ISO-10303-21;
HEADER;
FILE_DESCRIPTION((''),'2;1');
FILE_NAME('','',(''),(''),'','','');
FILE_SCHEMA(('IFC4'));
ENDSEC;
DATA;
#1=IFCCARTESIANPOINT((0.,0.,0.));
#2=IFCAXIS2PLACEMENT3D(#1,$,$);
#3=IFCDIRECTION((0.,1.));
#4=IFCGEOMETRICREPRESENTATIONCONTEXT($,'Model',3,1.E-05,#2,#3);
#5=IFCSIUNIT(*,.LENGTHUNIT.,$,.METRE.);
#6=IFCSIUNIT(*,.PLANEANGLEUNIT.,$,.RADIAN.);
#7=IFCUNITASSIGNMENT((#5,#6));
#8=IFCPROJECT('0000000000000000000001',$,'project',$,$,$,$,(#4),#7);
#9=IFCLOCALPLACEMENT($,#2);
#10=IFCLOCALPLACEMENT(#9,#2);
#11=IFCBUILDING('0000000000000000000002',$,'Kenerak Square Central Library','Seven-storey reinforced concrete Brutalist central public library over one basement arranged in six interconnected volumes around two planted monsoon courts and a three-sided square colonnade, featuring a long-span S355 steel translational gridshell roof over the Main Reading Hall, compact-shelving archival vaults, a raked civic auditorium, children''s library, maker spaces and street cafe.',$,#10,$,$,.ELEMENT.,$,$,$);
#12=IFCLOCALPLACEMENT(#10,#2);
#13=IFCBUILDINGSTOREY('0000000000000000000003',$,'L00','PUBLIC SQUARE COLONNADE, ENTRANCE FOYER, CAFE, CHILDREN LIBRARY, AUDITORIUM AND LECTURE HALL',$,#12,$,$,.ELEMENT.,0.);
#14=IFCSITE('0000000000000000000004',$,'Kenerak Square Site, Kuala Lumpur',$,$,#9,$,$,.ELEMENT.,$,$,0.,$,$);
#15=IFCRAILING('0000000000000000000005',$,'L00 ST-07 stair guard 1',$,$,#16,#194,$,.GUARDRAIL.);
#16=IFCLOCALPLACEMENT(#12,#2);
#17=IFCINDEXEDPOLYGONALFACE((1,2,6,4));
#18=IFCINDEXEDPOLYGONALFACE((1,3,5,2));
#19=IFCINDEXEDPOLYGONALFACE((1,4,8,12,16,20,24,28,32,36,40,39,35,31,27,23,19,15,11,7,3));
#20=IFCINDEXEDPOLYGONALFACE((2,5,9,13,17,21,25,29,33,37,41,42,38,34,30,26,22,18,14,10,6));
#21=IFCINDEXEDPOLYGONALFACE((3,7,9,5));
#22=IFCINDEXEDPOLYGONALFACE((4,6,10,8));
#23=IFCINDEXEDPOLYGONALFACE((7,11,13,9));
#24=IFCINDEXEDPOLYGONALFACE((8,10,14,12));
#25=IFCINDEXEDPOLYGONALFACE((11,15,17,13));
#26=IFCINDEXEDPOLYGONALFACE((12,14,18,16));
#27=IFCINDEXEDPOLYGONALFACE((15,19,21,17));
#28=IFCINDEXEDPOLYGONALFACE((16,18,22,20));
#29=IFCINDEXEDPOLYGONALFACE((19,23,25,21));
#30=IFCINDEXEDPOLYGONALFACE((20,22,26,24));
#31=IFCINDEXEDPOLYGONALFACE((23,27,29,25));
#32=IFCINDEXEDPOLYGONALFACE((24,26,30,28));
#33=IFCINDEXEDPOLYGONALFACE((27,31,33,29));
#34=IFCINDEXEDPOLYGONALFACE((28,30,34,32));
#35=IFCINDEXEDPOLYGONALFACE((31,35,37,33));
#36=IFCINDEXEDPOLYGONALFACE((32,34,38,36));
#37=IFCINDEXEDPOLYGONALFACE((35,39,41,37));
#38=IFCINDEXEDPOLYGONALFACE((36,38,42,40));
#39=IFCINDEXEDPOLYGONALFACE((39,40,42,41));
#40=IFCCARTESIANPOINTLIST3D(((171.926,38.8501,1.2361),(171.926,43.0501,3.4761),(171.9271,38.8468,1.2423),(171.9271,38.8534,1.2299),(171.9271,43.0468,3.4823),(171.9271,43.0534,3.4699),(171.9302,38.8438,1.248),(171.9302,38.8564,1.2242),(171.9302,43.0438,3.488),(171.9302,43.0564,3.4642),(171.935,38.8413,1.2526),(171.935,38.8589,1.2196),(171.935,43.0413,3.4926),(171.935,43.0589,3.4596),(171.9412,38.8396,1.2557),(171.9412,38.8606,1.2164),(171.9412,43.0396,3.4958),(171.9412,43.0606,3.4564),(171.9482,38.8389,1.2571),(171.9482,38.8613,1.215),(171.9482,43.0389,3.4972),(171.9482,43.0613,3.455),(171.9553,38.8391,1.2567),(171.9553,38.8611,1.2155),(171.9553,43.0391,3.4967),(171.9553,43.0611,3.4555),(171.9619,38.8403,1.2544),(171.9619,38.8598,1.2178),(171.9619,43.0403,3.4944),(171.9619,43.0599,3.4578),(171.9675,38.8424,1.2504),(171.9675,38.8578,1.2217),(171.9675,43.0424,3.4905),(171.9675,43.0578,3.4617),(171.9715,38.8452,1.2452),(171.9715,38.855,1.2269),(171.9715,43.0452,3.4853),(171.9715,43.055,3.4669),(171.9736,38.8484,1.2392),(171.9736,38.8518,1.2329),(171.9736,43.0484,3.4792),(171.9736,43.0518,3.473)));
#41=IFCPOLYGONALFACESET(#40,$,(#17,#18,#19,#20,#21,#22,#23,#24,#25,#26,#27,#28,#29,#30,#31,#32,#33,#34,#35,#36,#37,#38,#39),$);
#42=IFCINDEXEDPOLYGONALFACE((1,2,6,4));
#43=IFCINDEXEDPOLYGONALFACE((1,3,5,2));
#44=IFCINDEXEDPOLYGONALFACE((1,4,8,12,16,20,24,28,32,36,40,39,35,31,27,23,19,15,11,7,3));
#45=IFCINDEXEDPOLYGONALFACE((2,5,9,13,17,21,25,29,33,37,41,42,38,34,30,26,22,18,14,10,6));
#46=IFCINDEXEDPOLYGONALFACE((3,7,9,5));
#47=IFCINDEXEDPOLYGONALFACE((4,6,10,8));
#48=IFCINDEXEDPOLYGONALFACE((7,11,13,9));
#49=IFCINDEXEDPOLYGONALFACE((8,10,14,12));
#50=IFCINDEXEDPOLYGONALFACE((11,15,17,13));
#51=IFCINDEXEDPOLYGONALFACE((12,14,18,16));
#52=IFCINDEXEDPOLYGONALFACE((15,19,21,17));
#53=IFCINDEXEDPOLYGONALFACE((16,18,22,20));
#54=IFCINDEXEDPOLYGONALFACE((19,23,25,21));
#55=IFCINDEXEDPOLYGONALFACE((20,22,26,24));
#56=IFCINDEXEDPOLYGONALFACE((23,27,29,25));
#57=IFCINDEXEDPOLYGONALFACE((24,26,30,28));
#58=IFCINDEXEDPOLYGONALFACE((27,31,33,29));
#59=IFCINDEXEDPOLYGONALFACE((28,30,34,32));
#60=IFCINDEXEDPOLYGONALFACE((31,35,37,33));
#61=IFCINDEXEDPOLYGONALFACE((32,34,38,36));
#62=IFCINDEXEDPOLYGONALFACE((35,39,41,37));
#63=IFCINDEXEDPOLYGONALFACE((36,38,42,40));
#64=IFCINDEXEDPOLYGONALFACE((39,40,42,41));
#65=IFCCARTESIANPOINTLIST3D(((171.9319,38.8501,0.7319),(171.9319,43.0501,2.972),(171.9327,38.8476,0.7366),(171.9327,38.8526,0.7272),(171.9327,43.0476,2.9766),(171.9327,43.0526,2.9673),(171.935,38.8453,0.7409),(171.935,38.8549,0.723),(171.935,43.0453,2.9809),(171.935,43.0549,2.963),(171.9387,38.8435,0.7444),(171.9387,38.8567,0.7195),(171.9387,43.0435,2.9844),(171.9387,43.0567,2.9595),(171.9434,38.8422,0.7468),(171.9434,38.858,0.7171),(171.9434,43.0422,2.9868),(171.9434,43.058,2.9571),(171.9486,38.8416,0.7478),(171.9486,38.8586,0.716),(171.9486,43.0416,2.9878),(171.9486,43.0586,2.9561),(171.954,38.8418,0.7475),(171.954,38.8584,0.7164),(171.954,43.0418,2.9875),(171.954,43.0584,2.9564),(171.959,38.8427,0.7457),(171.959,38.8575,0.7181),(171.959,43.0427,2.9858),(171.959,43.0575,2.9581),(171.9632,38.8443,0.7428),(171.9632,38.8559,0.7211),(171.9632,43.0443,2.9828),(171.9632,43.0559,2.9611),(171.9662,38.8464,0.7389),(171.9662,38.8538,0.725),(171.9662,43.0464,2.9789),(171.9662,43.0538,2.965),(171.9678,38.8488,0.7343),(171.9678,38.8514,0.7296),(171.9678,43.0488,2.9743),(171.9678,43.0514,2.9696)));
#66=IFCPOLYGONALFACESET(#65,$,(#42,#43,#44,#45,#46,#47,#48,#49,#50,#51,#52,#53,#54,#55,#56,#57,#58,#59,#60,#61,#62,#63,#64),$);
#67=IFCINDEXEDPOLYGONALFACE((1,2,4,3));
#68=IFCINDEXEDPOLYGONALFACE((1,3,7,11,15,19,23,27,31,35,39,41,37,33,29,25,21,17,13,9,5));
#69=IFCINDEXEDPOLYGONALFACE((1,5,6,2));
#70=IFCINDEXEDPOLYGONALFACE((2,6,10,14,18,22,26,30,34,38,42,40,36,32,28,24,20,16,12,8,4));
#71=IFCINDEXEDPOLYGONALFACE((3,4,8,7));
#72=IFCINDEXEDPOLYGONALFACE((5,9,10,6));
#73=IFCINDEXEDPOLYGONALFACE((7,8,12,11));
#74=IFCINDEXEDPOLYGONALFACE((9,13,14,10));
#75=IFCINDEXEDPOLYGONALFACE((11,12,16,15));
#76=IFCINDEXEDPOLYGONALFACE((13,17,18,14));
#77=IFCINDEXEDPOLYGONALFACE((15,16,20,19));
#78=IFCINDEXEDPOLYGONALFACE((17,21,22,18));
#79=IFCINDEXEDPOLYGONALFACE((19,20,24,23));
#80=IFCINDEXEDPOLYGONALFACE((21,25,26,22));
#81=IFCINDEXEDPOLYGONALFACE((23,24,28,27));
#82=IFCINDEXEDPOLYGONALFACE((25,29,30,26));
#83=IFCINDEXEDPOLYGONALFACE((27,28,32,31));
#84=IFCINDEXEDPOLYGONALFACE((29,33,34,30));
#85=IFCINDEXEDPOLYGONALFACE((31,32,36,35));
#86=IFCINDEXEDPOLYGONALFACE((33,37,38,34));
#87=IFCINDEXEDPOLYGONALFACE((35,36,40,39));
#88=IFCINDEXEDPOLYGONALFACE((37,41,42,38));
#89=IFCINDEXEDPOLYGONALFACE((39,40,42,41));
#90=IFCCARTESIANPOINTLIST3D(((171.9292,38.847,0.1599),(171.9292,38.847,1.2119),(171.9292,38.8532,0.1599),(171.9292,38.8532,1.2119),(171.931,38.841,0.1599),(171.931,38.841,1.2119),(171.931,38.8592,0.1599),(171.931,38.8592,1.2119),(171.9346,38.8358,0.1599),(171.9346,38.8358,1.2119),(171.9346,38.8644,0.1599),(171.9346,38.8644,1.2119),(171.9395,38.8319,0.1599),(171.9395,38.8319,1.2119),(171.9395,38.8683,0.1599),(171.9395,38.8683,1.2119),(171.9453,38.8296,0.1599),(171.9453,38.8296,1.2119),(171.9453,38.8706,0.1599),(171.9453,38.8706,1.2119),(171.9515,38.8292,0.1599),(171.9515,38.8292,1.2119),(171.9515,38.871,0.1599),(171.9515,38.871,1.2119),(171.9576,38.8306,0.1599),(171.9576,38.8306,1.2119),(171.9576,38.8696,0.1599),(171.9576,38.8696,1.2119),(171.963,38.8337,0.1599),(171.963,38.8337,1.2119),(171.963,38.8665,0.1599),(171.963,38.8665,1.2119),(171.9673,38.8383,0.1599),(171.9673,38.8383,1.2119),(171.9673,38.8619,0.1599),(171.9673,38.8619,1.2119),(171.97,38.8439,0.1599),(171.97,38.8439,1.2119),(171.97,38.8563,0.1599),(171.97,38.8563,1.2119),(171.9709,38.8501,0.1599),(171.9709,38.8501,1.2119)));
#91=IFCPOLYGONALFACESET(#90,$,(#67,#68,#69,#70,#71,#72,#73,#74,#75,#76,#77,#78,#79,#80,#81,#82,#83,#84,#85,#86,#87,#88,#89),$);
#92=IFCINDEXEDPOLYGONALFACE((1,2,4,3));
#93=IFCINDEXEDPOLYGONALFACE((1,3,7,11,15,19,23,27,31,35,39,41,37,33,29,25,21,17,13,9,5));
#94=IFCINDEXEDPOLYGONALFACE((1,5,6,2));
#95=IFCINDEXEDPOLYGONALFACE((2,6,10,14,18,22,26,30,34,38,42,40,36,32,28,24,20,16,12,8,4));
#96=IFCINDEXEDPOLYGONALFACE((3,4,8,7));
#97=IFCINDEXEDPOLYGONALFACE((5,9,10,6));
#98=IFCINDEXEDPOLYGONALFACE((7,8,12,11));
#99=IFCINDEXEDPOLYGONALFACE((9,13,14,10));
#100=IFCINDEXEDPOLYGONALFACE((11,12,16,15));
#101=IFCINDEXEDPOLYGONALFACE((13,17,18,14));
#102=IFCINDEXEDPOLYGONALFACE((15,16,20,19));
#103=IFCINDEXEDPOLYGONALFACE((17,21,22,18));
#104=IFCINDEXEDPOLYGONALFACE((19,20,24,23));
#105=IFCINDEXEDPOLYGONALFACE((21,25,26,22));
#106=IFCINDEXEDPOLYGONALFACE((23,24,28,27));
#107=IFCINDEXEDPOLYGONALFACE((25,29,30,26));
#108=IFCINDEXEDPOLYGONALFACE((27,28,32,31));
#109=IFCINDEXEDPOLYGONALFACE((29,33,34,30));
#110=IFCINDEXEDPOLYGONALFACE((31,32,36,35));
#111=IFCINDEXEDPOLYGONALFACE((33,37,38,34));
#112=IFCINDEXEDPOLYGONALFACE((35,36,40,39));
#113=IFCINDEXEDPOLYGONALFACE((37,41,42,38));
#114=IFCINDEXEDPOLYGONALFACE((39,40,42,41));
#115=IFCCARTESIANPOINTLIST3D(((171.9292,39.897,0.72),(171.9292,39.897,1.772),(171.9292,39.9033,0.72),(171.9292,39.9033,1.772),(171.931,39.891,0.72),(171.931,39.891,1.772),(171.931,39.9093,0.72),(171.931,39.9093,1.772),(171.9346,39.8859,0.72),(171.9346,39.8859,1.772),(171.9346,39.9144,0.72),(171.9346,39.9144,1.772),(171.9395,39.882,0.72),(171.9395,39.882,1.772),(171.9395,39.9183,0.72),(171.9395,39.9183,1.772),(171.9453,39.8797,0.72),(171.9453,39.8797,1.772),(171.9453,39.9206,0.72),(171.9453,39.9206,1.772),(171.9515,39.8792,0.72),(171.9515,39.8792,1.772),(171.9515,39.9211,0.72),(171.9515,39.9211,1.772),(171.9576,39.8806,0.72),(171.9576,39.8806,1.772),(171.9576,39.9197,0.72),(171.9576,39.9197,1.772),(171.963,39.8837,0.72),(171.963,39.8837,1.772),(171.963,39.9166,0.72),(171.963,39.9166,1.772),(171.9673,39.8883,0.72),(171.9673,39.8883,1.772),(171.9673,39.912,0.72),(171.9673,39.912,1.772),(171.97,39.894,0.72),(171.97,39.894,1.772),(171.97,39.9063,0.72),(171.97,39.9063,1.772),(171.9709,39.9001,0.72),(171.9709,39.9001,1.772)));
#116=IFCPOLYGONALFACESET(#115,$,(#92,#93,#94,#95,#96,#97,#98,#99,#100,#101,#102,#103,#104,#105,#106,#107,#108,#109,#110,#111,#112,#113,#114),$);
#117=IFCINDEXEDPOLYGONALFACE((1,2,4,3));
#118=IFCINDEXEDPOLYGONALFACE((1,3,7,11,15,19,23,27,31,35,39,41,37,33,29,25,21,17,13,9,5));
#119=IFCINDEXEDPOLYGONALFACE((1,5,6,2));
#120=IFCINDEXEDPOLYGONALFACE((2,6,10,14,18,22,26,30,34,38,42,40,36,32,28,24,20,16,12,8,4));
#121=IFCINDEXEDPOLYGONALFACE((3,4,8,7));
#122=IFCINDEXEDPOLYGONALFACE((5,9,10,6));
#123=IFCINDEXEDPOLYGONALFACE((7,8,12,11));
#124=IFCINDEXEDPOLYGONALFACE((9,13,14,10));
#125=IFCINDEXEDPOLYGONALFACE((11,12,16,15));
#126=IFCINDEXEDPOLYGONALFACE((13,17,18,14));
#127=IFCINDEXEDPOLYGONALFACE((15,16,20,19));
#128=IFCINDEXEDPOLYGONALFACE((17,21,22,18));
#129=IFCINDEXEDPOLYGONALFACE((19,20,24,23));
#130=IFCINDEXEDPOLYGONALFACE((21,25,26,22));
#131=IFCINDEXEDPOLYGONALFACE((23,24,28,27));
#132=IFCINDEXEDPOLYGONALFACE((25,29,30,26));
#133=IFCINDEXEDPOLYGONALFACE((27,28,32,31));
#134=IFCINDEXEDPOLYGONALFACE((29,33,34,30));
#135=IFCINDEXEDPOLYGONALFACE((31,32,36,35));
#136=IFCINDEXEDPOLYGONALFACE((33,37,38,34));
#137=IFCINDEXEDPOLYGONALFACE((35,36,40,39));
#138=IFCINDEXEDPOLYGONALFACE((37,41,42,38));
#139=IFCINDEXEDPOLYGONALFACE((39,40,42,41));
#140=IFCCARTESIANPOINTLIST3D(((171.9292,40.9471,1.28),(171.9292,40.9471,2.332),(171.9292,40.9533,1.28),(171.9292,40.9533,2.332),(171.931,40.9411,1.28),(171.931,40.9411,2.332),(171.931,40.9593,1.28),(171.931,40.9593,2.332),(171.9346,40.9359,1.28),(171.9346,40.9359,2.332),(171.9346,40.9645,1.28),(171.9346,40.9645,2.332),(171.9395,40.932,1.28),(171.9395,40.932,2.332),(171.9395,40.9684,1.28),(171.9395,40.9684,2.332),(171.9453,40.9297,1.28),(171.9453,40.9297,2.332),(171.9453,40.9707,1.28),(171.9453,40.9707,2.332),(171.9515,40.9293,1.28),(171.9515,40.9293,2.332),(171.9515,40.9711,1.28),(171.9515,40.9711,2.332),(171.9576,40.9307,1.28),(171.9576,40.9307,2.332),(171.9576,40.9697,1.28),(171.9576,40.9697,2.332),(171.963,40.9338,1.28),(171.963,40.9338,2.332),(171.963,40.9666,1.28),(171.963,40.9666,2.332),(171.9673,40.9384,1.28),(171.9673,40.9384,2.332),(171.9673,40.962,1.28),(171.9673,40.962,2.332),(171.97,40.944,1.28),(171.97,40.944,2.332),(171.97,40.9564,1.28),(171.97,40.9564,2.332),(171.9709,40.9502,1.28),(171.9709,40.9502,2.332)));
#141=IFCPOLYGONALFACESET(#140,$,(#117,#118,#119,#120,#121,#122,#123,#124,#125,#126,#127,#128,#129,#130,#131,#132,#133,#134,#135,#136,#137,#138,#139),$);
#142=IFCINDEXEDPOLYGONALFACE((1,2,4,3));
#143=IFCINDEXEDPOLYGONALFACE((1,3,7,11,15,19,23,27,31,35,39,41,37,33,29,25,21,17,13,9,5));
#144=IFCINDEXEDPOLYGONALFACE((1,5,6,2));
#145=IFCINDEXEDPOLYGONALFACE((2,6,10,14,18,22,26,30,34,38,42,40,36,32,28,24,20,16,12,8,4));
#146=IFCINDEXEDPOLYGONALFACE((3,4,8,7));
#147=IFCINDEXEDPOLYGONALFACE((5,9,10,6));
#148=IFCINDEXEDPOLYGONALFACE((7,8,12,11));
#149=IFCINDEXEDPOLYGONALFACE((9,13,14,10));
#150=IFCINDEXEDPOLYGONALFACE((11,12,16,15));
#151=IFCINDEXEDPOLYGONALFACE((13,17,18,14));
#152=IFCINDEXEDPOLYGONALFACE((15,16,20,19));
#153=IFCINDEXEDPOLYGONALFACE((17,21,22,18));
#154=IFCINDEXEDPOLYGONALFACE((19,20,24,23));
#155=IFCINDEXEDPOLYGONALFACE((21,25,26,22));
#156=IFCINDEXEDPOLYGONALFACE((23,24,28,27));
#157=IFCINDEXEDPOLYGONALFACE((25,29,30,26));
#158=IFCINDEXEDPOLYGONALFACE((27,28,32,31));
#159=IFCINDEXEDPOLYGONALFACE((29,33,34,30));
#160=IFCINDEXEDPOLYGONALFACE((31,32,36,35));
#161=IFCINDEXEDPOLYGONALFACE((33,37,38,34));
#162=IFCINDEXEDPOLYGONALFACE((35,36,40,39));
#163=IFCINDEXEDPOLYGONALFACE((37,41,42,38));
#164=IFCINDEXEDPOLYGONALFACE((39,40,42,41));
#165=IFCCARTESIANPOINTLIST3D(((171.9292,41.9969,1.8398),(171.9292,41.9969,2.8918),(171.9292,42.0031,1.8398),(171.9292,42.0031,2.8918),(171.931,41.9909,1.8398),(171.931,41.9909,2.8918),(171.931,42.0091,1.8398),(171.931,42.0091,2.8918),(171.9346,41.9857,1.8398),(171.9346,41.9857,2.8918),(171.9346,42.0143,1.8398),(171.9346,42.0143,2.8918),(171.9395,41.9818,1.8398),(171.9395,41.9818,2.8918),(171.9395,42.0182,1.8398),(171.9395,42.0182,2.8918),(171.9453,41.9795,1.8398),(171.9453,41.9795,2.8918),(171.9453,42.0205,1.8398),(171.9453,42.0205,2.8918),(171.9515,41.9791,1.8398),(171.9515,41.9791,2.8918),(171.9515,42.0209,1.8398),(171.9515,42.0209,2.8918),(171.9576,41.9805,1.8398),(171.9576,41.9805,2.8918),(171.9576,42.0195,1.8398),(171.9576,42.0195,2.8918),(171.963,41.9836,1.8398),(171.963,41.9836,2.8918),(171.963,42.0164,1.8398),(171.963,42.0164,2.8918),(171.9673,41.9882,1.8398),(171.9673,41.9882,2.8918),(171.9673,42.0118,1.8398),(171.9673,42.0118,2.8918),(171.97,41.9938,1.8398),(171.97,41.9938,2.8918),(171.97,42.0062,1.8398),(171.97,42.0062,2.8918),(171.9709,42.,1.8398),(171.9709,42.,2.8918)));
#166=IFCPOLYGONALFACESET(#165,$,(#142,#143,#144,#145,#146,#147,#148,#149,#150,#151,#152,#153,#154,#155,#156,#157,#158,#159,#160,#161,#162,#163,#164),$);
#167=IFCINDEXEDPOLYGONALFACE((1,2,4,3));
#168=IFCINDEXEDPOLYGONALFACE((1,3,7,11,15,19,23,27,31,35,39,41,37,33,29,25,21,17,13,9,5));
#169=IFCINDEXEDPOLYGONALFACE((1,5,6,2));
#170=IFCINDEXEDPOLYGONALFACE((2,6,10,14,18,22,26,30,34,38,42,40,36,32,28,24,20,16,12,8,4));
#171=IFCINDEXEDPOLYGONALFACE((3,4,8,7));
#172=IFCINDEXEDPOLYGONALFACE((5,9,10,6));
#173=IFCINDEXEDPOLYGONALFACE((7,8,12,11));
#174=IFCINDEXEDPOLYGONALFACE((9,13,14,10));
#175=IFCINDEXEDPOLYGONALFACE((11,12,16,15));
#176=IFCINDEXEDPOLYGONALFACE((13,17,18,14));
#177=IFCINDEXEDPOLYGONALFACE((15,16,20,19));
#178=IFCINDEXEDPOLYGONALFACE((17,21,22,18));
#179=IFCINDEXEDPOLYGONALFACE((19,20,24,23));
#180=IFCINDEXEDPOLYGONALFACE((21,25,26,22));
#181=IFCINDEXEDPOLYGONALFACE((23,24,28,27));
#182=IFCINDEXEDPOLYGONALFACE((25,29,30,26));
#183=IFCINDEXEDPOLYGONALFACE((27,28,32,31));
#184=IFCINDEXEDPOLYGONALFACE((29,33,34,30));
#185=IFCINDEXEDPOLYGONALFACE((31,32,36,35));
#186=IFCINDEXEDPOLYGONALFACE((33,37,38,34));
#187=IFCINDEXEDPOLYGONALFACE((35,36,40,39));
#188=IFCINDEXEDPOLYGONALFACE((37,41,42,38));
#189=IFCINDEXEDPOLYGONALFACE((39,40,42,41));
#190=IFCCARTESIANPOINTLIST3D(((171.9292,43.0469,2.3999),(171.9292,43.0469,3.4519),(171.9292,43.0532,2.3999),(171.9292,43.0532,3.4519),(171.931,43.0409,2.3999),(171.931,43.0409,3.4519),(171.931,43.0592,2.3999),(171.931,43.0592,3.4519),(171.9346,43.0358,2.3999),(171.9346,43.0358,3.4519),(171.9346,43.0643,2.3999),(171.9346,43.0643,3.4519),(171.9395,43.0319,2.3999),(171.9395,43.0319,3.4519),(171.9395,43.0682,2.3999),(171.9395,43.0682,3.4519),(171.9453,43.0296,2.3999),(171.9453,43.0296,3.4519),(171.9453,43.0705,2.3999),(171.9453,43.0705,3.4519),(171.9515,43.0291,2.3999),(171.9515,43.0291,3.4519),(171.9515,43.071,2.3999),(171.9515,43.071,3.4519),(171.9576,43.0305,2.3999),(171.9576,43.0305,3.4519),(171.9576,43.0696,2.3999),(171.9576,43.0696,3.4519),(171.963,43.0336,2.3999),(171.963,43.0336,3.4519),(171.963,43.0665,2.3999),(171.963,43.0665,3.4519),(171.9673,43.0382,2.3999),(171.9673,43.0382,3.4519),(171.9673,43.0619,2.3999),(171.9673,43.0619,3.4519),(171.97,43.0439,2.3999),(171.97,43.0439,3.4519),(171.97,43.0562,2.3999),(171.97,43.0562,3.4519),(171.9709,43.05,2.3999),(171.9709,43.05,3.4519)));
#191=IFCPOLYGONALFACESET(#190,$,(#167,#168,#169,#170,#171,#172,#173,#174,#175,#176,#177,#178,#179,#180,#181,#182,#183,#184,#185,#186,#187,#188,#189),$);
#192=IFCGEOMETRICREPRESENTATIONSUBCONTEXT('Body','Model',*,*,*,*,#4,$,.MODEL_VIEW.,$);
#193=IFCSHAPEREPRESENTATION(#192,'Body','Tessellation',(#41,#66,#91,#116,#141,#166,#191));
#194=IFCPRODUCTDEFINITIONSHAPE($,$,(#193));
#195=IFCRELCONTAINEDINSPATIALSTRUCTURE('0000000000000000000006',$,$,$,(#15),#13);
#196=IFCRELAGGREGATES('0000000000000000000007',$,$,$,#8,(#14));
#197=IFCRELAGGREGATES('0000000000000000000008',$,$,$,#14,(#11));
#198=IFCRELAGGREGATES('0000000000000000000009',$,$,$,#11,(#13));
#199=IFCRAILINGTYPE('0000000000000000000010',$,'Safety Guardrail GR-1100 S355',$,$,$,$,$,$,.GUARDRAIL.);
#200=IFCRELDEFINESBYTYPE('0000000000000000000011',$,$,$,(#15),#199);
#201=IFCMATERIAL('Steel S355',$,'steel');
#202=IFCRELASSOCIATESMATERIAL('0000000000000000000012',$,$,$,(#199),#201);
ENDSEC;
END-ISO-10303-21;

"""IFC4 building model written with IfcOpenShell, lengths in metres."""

from ifc_helpers import new_model, si_unit, direction, frame, origin, origin_2d, place, context, subcontext, project, spatial, circle, extrude, material, type_object, element, save


model = new_model("IFC4")

# Units and contexts
model_context = context("Model", 3, precision=1e-05, world=origin(), true_north=direction((0.0, 1.0)))
body_context = subcontext(model_context, "Body", "Model", "MODEL_VIEW")
ifc_project = project(units=[si_unit("LENGTHUNIT", "METRE"), si_unit("PLANEANGLEUNIT", "RADIAN")], contexts=[model_context])

# Site, building, storey
site_placement = place(None, origin())
site = spatial("IfcSite", under=ifc_project, at=site_placement, Name="Kenerak Square Site, Kuala Lumpur", CompositionType="ELEMENT", RefElevation=0.0)
building_placement = place(site_placement, origin())
building = spatial("IfcBuilding", under=site, at=building_placement, Name="Kenerak Square Central Library", Description="Seven-storey reinforced concrete Brutalist central public library over one basement arranged in six interconnected volumes around two planted monsoon courts and a three-sided square colonnade, featuring a long-span S355 steel translational gridshell roof over the Main Reading Hall, compact-shelving archival vaults, a raked civic auditorium, children's library, maker spaces and street cafe.", CompositionType="ELEMENT")
storey_placement = place(building_placement, origin())
storey = spatial("IfcBuildingStorey", under=building, at=storey_placement, Name="L00", Description="PUBLIC SQUARE COLONNADE, ENTRANCE FOYER, CAFE, CHILDREN LIBRARY, AUDITORIUM AND LECTURE HALL", CompositionType="ELEMENT", Elevation=0.0)

# Railing
ifc_material_1 = material(Name="Steel S355", Category="steel")
railing_type_1 = type_object("IfcRailingType", Name="Safety Guardrail GR-1100 S355", PredefinedType="GUARDRAIL", material=ifc_material_1)
railing_1_placement = place(storey_placement, frame((171.95, 38.8501, 0.1599)))
element("IfcRailing", 1, at=railing_1_placement, inside=storey, type_object=railing_type_1, Name="L00 ST-07 stair guard 1", PredefinedType="GUARDRAIL", context=body_context, shape_type="SweptSolid", body=[
    extrude(circle(Radius=0.0239, at=origin_2d()), frame((0.0, 0.0, 1.0762), z_axis=(0.0, 0.882352, 0.470591), x_axis=(-1.0, 0.0, 0.0)), (0.0, 0.0, 1.0), 4.76),
    extrude(circle(Radius=0.0181, at=origin_2d()), frame((0.0, 0.0, 0.572), z_axis=(0.0, 0.882352, 0.470591), x_axis=(-1.0, 0.0, 0.0)), (0.0, 0.0, 1.0), 4.76),
    extrude(circle(Radius=0.021, at=origin_2d()), origin(), (0.0, 0.0, 1.0), 1.052),
    extrude(circle(Radius=0.021, at=origin_2d()), frame((0.0, 1.05, 0.5601)), (0.0, 0.0, 1.0), 1.052),
    extrude(circle(Radius=0.021, at=origin_2d()), frame((0.0, 2.1001, 1.1201)), (0.0, 0.0, 1.0), 1.052),
    extrude(circle(Radius=0.021, at=origin_2d()), frame((0.0, 3.1499, 1.6799)), (0.0, 0.0, 1.0), 1.052),
    extrude(circle(Radius=0.021, at=origin_2d()), frame((0.0, 4.2, 2.24)), (0.0, 0.0, 1.0), 1.052),
])

save(model, "model.ifc")
